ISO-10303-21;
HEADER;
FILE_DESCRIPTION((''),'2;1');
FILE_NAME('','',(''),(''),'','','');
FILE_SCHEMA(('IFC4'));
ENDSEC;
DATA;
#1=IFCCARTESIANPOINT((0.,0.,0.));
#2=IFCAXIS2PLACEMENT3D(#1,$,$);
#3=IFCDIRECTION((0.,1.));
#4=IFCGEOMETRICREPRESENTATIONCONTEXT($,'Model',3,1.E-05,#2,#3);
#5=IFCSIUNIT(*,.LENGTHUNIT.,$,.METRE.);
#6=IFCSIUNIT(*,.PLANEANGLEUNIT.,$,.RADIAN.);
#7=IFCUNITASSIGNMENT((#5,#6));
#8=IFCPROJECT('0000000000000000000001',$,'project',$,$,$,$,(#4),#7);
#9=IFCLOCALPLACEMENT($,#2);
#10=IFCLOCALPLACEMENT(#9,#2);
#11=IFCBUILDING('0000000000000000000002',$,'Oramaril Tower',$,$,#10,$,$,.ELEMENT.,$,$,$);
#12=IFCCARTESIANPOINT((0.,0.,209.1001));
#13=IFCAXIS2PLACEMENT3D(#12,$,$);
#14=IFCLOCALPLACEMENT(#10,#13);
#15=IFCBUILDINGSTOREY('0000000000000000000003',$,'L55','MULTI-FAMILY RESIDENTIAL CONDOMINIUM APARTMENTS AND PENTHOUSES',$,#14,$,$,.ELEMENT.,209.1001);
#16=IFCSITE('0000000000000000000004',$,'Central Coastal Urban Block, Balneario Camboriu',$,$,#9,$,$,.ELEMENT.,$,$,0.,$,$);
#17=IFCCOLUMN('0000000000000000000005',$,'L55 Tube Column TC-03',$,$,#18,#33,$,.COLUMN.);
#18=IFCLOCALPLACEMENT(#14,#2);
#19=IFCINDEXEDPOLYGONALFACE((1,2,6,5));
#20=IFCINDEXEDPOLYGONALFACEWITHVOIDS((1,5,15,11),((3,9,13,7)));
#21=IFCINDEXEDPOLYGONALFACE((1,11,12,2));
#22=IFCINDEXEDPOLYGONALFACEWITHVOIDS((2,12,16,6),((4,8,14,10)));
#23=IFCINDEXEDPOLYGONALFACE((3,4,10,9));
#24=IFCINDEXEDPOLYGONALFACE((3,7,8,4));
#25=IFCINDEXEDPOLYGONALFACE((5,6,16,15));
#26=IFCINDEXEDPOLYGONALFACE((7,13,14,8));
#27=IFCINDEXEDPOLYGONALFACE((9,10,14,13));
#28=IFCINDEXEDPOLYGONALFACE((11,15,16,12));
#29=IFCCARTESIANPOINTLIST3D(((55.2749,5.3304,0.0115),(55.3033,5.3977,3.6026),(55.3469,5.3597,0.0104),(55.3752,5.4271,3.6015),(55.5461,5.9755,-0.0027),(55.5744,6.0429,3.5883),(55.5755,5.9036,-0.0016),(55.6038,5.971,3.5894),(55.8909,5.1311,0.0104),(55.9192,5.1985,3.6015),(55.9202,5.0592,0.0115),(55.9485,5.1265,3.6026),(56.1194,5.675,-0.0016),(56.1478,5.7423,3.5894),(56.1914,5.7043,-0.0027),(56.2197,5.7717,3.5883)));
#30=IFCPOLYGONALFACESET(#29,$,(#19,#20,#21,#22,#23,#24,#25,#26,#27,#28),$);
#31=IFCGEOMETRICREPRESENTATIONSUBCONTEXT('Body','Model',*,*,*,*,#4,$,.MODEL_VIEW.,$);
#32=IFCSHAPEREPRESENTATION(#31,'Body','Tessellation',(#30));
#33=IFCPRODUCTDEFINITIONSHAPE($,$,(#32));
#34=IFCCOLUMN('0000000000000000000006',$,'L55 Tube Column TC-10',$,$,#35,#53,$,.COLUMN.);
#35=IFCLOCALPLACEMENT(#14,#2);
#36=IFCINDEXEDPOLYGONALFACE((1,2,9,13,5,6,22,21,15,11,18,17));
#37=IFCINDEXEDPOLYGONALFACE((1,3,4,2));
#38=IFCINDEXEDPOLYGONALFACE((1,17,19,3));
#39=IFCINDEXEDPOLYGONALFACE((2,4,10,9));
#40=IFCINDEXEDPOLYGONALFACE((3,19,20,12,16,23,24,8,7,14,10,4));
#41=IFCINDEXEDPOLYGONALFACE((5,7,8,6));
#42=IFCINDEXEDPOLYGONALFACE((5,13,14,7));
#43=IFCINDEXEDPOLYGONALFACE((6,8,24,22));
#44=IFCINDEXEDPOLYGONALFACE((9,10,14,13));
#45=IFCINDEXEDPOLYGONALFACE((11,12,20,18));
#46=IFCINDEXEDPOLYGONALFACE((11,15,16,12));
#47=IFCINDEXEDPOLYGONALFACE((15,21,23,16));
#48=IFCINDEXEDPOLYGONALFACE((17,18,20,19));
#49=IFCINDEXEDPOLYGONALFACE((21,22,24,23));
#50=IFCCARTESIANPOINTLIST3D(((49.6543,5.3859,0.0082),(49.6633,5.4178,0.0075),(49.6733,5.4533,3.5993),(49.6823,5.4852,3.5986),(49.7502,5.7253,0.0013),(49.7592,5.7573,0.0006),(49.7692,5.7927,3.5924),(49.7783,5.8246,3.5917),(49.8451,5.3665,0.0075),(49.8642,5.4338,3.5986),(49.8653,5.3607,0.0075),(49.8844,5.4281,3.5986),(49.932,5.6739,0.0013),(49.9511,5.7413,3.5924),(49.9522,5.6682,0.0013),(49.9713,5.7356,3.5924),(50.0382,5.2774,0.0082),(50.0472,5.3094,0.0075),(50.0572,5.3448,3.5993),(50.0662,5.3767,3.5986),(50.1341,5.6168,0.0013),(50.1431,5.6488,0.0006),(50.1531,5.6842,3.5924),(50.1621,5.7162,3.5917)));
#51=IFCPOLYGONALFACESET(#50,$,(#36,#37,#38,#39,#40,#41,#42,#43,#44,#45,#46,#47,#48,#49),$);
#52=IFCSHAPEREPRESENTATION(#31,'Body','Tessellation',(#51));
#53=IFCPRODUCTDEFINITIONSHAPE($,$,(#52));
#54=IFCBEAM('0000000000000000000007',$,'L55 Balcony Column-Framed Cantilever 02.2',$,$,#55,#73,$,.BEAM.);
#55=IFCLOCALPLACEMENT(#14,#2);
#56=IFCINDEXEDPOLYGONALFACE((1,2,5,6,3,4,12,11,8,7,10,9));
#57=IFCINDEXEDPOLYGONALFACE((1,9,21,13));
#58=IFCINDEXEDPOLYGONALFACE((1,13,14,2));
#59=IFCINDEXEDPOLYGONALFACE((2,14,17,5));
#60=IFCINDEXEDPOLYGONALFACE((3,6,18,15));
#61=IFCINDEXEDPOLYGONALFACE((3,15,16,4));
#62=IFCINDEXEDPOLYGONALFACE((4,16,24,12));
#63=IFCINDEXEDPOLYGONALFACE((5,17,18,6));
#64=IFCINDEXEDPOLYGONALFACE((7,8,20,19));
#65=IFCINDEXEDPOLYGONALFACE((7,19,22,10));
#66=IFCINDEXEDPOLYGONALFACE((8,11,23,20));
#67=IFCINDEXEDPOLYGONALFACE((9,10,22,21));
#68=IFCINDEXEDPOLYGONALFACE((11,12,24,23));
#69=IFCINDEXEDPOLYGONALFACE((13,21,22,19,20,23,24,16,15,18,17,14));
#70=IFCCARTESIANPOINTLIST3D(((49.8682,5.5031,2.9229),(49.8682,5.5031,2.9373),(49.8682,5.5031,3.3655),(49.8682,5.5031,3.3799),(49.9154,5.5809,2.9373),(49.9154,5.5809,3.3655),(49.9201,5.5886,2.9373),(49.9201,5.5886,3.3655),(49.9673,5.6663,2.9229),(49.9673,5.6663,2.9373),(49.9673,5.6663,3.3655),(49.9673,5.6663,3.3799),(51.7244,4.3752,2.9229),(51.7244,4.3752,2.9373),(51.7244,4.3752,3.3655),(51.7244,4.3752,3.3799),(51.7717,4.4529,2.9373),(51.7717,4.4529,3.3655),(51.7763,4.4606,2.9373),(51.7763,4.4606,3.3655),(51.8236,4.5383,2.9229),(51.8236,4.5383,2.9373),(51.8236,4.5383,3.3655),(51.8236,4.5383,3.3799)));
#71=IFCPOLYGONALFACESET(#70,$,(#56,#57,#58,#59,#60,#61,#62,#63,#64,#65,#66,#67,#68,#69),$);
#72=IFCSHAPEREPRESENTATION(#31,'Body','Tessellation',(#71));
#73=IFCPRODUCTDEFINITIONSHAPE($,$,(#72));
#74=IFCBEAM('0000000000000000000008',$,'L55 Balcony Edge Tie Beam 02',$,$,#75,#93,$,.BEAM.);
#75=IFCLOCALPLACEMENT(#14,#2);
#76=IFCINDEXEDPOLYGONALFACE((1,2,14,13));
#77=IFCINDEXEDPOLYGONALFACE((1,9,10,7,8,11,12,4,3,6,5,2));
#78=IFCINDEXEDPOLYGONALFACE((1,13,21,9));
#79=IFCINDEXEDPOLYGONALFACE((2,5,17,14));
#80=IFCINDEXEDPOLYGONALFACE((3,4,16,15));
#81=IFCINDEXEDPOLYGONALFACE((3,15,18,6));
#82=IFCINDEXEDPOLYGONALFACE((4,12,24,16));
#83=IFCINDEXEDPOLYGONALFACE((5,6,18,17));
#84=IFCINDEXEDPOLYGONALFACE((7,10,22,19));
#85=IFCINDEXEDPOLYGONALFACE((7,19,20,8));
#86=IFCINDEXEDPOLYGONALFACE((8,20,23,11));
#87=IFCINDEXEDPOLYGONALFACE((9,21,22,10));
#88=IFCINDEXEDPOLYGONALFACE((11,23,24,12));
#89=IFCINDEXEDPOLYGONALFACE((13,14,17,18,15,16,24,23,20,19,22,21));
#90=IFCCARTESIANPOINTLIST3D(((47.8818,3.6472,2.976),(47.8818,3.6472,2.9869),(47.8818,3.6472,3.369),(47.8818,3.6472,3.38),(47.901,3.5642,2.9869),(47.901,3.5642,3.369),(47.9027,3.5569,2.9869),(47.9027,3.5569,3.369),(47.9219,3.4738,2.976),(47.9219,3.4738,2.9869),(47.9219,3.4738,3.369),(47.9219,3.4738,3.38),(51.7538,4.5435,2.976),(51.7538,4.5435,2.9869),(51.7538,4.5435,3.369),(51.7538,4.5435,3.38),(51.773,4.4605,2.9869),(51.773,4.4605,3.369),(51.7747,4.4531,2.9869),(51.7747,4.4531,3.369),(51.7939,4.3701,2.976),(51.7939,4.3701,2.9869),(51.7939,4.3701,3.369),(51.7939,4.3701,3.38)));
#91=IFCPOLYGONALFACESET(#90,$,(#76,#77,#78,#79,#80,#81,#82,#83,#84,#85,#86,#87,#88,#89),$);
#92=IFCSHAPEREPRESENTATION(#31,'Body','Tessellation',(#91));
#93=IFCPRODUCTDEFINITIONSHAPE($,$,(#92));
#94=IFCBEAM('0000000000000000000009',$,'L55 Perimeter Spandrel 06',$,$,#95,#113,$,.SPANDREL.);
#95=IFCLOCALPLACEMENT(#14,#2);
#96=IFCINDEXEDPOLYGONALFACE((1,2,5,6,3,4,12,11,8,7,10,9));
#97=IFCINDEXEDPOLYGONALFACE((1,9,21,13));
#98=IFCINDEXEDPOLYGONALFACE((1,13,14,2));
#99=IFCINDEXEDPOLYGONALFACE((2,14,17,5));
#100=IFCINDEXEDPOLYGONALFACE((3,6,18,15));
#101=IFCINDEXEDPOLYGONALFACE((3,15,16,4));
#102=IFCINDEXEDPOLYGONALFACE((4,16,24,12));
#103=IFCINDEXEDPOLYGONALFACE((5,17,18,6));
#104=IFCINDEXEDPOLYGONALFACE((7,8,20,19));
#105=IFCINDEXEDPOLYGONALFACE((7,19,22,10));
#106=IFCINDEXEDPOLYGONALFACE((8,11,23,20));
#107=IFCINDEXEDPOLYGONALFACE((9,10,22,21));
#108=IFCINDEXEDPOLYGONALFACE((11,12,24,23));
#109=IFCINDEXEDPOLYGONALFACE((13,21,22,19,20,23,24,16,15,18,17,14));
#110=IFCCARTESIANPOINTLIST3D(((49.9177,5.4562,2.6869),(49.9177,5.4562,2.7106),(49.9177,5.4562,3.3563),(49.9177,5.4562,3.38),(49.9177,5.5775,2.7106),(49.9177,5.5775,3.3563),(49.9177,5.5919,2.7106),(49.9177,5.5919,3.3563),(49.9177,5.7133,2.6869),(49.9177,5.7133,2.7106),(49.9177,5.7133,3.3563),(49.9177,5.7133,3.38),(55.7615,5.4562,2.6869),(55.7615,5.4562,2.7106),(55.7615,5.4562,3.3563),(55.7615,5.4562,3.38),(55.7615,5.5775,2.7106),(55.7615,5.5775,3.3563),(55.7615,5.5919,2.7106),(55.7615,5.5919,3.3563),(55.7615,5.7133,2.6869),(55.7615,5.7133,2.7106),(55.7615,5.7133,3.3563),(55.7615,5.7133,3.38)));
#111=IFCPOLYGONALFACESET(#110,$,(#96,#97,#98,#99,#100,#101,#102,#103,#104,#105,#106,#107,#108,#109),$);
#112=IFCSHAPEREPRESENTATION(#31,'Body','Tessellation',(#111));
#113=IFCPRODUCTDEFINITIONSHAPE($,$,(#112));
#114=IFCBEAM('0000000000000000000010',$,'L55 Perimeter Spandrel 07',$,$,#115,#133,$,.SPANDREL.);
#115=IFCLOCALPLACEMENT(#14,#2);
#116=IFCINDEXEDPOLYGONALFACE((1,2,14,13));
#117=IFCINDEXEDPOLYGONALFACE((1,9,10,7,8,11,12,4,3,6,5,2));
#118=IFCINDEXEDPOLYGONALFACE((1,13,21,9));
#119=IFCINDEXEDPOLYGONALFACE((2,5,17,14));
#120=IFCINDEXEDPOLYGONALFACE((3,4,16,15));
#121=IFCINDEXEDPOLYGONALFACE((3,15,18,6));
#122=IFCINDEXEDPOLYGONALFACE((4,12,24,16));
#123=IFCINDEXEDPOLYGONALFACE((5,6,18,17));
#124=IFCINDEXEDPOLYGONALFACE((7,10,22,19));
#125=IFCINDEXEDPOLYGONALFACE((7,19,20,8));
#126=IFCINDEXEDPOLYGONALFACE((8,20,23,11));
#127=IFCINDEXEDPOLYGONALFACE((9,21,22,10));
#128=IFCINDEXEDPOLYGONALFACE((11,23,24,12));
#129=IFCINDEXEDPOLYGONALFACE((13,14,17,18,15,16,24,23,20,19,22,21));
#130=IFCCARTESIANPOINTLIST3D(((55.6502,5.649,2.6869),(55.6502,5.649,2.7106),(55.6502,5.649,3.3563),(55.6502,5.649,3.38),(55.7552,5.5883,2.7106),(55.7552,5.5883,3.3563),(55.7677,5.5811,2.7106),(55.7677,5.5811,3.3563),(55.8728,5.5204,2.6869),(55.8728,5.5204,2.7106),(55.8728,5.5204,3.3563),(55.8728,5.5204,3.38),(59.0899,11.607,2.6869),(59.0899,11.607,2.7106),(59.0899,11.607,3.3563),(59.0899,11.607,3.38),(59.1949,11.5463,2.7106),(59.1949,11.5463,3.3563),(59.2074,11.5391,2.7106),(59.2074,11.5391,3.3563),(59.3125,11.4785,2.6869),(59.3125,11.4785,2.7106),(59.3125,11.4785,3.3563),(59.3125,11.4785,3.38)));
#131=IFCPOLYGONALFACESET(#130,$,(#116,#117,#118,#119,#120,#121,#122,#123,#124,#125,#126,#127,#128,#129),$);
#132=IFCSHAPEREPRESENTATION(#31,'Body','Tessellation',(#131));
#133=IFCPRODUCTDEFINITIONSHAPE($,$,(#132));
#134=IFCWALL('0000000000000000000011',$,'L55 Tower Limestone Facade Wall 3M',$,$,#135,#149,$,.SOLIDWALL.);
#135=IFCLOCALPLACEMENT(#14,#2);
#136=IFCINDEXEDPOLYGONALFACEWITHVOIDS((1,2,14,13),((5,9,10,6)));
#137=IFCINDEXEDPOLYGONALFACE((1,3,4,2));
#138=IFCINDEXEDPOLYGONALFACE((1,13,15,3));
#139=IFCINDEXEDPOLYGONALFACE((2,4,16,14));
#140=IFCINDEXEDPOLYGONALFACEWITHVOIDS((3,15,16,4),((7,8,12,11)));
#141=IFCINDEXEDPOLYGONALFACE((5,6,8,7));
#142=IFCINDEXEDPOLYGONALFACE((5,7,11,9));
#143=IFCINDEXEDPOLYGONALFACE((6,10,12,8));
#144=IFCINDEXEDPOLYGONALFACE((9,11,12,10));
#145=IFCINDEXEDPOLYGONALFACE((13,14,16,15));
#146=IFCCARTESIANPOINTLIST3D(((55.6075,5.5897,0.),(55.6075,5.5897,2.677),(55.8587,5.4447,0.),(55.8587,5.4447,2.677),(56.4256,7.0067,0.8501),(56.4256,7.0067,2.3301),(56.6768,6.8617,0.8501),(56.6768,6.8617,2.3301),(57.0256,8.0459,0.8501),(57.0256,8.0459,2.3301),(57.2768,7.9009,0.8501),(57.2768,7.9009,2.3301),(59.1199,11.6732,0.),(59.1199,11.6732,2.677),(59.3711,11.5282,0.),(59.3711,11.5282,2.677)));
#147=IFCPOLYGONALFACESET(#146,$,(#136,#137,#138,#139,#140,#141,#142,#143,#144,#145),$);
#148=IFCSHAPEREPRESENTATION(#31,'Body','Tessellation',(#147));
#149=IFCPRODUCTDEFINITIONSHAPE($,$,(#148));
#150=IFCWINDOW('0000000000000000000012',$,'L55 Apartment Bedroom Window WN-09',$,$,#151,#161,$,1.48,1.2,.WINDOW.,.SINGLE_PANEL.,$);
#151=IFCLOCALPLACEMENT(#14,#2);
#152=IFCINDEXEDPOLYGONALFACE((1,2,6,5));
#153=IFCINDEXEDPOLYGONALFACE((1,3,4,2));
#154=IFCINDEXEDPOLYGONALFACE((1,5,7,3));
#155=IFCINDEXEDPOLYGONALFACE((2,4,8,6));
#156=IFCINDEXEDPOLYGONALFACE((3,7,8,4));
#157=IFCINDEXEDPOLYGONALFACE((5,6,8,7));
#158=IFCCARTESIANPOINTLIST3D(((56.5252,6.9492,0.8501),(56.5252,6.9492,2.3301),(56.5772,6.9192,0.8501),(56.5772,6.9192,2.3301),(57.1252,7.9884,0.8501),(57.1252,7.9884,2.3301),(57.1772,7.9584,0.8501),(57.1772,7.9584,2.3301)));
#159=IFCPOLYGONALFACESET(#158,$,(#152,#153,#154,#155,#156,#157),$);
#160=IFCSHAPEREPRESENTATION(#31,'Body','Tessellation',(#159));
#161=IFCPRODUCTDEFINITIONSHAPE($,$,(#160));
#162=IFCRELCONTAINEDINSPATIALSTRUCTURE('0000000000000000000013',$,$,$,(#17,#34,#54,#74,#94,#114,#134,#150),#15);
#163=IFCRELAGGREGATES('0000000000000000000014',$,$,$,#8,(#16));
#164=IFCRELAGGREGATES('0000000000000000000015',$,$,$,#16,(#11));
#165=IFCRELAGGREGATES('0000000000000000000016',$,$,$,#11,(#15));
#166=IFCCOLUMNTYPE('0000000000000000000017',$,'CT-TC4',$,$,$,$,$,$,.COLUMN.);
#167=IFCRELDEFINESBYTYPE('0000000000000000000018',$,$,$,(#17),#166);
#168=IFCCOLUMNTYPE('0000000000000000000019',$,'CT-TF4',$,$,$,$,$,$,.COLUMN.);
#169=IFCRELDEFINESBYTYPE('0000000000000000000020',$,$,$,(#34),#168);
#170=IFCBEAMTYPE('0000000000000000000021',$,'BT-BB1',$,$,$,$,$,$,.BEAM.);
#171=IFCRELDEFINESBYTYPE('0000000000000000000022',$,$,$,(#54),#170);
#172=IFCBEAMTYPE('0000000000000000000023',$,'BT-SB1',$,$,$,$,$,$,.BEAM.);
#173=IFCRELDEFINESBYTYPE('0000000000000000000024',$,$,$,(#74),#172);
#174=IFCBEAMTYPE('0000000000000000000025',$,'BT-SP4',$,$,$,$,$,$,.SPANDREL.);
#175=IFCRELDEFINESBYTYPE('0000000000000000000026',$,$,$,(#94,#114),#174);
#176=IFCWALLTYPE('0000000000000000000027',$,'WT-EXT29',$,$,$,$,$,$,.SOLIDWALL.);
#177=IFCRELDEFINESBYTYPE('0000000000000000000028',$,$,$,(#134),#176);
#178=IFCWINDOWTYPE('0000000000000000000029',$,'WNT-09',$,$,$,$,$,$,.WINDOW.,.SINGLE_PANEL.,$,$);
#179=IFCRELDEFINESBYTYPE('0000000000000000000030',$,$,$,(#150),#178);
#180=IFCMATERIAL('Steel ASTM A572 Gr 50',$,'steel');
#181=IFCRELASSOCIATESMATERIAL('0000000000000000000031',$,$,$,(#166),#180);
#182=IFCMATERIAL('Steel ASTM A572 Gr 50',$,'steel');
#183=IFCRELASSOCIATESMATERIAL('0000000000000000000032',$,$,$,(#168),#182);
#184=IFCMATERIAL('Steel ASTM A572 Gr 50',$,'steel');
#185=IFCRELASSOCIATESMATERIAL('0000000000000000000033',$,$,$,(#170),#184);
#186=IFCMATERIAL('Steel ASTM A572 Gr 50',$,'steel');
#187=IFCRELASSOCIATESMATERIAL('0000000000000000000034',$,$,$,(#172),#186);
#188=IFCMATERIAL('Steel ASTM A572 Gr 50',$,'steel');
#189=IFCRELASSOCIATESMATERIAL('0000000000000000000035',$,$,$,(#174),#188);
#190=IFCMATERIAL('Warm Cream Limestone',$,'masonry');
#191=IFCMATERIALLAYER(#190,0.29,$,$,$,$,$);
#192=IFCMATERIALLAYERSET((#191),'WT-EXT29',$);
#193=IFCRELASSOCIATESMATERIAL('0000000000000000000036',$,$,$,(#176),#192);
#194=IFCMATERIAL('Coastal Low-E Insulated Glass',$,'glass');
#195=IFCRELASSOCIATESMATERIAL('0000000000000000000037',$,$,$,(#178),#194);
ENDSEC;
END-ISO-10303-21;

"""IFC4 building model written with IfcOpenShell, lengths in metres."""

from ifc_helpers import new_model, si_unit, direction, frame, frame_2d, origin, origin_2d, place, context, subcontext, project, spatial, rectangle, hollow_rectangle, i_section, extrude, material, layer, layer_set, material_profile, profile_set, type_object, element, fill, save


model = new_model("IFC4")

# Units and contexts
model_context = context("Model", 3, precision=1e-05, world=origin(), true_north=direction((0.0, 1.0)))
body_context = subcontext(model_context, "Body", "Model", "MODEL_VIEW")
ifc_project = project(units=[si_unit("LENGTHUNIT", "METRE"), si_unit("PLANEANGLEUNIT", "RADIAN")], contexts=[model_context])

# Site, building, storey
site_placement = place(None, origin())
site = spatial("IfcSite", under=ifc_project, at=site_placement, Name="Central Coastal Urban Block, Balneario Camboriu", CompositionType="ELEMENT", RefElevation=0.0)
building_placement = place(site_placement, origin())
building = spatial("IfcBuilding", under=site, at=building_placement, Name="Oramaril Tower", CompositionType="ELEMENT")
storey_placement = place(building_placement, frame((0.0, 0.0, 209.1001)))
storey = spatial("IfcBuildingStorey", under=building, at=storey_placement, Name="L55", Description="MULTI-FAMILY RESIDENTIAL CONDOMINIUM APARTMENTS AND PENTHOUSES", CompositionType="ELEMENT", Elevation=209.1001)

# Columns
ifc_material_1 = material(Name="Steel ASTM A572 Gr 50", Category="steel")
ifc_material_profile_1 = material_profile(ifc_material_1, hollow_rectangle(XDim=0.7, YDim=0.7, WallThickness=0.0549, at=origin_2d()), Name="BOX700X700X55")
ifc_profile_set_1 = profile_set([ifc_material_profile_1], Name="Steel ASTM A572 Gr 50")
column_type_1 = type_object("IfcColumnType", Name="CT-TC4", PredefinedType="COLUMN", material=ifc_profile_set_1)
column_1_placement = place(storey_placement, frame((55.7332, 5.5173, 0.0044), z_axis=(0.007885, 0.01876, 0.999793), x_axis=(-0.921887, 0.38746, 0.0)))
element("IfcColumn", 1, at=column_1_placement, inside=storey, type_object=column_type_1, Name="L55 Tube Column TC-03", PredefinedType="COLUMN", context=body_context, shape_type="SweptSolid", body=[
    extrude(hollow_rectangle(XDim=0.7, YDim=0.7, WallThickness=0.0549, at=origin_2d()), origin(), (0.0, 0.0, 1.0), 3.5918),
])
ifc_material_2 = material(Name="Steel ASTM A572 Gr 50", Category="steel")
ifc_material_profile_2 = material_profile(ifc_material_2, i_section(OverallWidth=0.3989, OverallDepth=0.386, WebThickness=0.021, FlangeThickness=0.0332, at=origin_2d()), Name="W14X176")
ifc_profile_set_2 = profile_set([ifc_material_profile_2], Name="Steel ASTM A572 Gr 50")
column_type_2 = type_object("IfcColumnType", Name="CT-TF4", PredefinedType="COLUMN", material=ifc_profile_set_2)
column_2_placement = place(storey_placement, frame((49.8987, 5.5173, 0.0044), z_axis=(0.005302, 0.01876, 0.99981), x_axis=(-0.962309, 0.271957, 0.0)))
element("IfcColumn", 2, at=column_2_placement, inside=storey, type_object=column_type_2, Name="L55 Tube Column TC-10", PredefinedType="COLUMN", context=body_context, shape_type="SweptSolid", body=[
    extrude(i_section(OverallWidth=0.3989, OverallDepth=0.386, WebThickness=0.021, FlangeThickness=0.0332, at=origin_2d()), origin(), (0.0, 0.0, 1.0), 3.5918),
])

# Beams
ifc_material_3 = material(Name="Steel ASTM A572 Gr 50", Category="steel")
ifc_material_profile_3 = material_profile(ifc_material_3, i_section(OverallWidth=0.1909, OverallDepth=0.457, WebThickness=0.009, FlangeThickness=0.0144, at=origin_2d()), Name="W18X50")
ifc_profile_set_3 = profile_set([ifc_material_profile_3], Name="Steel ASTM A572 Gr 50")
beam_type_1 = type_object("IfcBeamType", Name="BT-BB1", PredefinedType="BEAM", material=ifc_profile_set_3)
beam_1_placement = place(storey_placement, frame((49.9177, 5.5847, 3.1514), z_axis=(0.854593, -0.519298, 0.0), x_axis=(0.519298, 0.854593, 0.0)))
element("IfcBeam", 3, at=beam_1_placement, inside=storey, type_object=beam_type_1, Name="L55 Balcony Column-Framed Cantilever 02.2", PredefinedType="BEAM", context=body_context, shape_type="SweptSolid", body=[
    extrude(i_section(OverallWidth=0.1909, OverallDepth=0.457, WebThickness=0.009, FlangeThickness=0.0144, at=origin_2d()), origin(), (0.0, 0.0, 1.0), 2.1721),
])
ifc_material_4 = material(Name="Steel ASTM A572 Gr 50", Category="steel")
ifc_material_profile_4 = material_profile(ifc_material_4, i_section(OverallWidth=0.178, OverallDepth=0.4041, WebThickness=0.0076, FlangeThickness=0.011, at=origin_2d()), Name="W16X36")
ifc_profile_set_4 = profile_set([ifc_material_profile_4], Name="Steel ASTM A572 Gr 50")
beam_type_2 = type_object("IfcBeamType", Name="BT-SB1", PredefinedType="BEAM", material=ifc_profile_set_4)
beam_2_placement = place(storey_placement, frame((47.9019, 3.5605, 3.178), z_axis=(0.974243, 0.225501, 0.0), x_axis=(-0.225501, 0.974243, 0.0)))
element("IfcBeam", 4, at=beam_2_placement, inside=storey, type_object=beam_type_2, Name="L55 Balcony Edge Tie Beam 02", PredefinedType="BEAM", context=body_context, shape_type="SweptSolid", body=[
    extrude(i_section(OverallWidth=0.178, OverallDepth=0.4041, WebThickness=0.0076, FlangeThickness=0.011, at=origin_2d()), origin(), (0.0, 0.0, 1.0), 3.9744),
])
ifc_material_5 = material(Name="Steel ASTM A572 Gr 50", Category="steel")
ifc_material_profile_5 = material_profile(ifc_material_5, i_section(OverallWidth=0.2571, OverallDepth=0.6931, WebThickness=0.0144, FlangeThickness=0.0237, at=origin_2d()), Name="W27X114")
ifc_profile_set_5 = profile_set([ifc_material_profile_5], Name="Steel ASTM A572 Gr 50")
beam_type_3 = type_object("IfcBeamType", Name="BT-SP4", PredefinedType="SPANDREL", material=ifc_profile_set_5)
beam_3_placement = place(storey_placement, frame((49.9177, 5.5847, 3.0334), z_axis=(1.0, 0.0, 0.0), x_axis=(0.0, 1.0, 0.0)))
element("IfcBeam", 5, at=beam_3_placement, inside=storey, type_object=beam_type_3, Name="L55 Perimeter Spandrel 06", PredefinedType="SPANDREL", context=body_context, shape_type="SweptSolid", body=[
    extrude(i_section(OverallWidth=0.2571, OverallDepth=0.6931, WebThickness=0.0144, FlangeThickness=0.0237, at=origin_2d()), origin(), (0.0, 0.0, 1.0), 5.8438),
])
beam_4_placement = place(storey_placement, frame((55.7615, 5.5847, 3.0334), z_axis=(0.499983, 0.866035, 0.0), x_axis=(-0.866035, 0.499983, 0.0)))
element("IfcBeam", 6, at=beam_4_placement, inside=storey, type_object=beam_type_3, Name="L55 Perimeter Spandrel 07", PredefinedType="SPANDREL", context=body_context, shape_type="SweptSolid", body=[
    extrude(i_section(OverallWidth=0.2571, OverallDepth=0.6931, WebThickness=0.0144, FlangeThickness=0.0237, at=origin_2d()), origin(), (0.0, 0.0, 1.0), 6.8796),
])

# Wall, opening, window
ifc_material_6 = material(Name="Warm Cream Limestone", Category="masonry")
ifc_layer_1 = layer(ifc_material_6, 0.29)
ifc_layer_set_1 = layer_set([ifc_layer_1], Name="WT-EXT29")
wall_type_1 = type_object("IfcWallType", Name="WT-EXT29", PredefinedType="SOLIDWALL", material=ifc_layer_set_1)
wall_1_placement = place(storey_placement, frame((55.7332, 5.5173, 0.0), z_axis=(0.0, 0.0, 1.0), x_axis=(0.500015, 0.866017, 0.0)))
wall_1 = element("IfcWall", 7, at=wall_1_placement, inside=storey, type_object=wall_type_1, Name="L55 Tower Limestone Facade Wall 3M", PredefinedType="SOLIDWALL", context=body_context, shape_type="SweptSolid", body=[
    extrude(rectangle(XDim=7.0247, YDim=0.29, at=frame_2d((3.5122, 0.0))), origin(), (0.0, 0.0, 1.0), 2.677),
])
opening_placement = place(wall_1_placement, frame((1.636, 0.0, 0.8501)))
opening = element("IfcOpeningElement", 8, at=opening_placement, cuts=wall_1, PredefinedType="OPENING", context=body_context, shape_type="SweptSolid", body=[
    extrude(rectangle(XDim=1.2, YDim=1.48, at=frame_2d((0.6001, 0.74))), frame((0.0, 0.145, 0.0), z_axis=(0.0, -1.0, 0.0), x_axis=(1.0, 0.0, 0.0)), (0.0, 0.0, 1.0), 0.29),
])
ifc_material_7 = material(Name="Coastal Low-E Insulated Glass", Category="glass")
window_type = type_object("IfcWindowType", Name="WNT-09", PartitioningType="SINGLE_PANEL", PredefinedType="WINDOW", material=ifc_material_7)
window_placement = place(opening_placement, origin())
window = element("IfcWindow", 9, at=window_placement, inside=storey, type_object=window_type, Name="L55 Apartment Bedroom Window WN-09", OverallHeight=1.48, OverallWidth=1.2, PartitioningType="SINGLE_PANEL", PredefinedType="WINDOW", context=body_context, shape_type="SweptSolid", body=[
    extrude(rectangle(XDim=1.2, YDim=1.48, at=frame_2d((0.6001, 0.74))), frame((0.0, 0.03, 0.0), z_axis=(0.0, -1.0, 0.0), x_axis=(1.0, 0.0, 0.0)), (0.0, 0.0, 1.0), 0.0601),
])
fill(opening, window)

save(model, "model.ifc")
